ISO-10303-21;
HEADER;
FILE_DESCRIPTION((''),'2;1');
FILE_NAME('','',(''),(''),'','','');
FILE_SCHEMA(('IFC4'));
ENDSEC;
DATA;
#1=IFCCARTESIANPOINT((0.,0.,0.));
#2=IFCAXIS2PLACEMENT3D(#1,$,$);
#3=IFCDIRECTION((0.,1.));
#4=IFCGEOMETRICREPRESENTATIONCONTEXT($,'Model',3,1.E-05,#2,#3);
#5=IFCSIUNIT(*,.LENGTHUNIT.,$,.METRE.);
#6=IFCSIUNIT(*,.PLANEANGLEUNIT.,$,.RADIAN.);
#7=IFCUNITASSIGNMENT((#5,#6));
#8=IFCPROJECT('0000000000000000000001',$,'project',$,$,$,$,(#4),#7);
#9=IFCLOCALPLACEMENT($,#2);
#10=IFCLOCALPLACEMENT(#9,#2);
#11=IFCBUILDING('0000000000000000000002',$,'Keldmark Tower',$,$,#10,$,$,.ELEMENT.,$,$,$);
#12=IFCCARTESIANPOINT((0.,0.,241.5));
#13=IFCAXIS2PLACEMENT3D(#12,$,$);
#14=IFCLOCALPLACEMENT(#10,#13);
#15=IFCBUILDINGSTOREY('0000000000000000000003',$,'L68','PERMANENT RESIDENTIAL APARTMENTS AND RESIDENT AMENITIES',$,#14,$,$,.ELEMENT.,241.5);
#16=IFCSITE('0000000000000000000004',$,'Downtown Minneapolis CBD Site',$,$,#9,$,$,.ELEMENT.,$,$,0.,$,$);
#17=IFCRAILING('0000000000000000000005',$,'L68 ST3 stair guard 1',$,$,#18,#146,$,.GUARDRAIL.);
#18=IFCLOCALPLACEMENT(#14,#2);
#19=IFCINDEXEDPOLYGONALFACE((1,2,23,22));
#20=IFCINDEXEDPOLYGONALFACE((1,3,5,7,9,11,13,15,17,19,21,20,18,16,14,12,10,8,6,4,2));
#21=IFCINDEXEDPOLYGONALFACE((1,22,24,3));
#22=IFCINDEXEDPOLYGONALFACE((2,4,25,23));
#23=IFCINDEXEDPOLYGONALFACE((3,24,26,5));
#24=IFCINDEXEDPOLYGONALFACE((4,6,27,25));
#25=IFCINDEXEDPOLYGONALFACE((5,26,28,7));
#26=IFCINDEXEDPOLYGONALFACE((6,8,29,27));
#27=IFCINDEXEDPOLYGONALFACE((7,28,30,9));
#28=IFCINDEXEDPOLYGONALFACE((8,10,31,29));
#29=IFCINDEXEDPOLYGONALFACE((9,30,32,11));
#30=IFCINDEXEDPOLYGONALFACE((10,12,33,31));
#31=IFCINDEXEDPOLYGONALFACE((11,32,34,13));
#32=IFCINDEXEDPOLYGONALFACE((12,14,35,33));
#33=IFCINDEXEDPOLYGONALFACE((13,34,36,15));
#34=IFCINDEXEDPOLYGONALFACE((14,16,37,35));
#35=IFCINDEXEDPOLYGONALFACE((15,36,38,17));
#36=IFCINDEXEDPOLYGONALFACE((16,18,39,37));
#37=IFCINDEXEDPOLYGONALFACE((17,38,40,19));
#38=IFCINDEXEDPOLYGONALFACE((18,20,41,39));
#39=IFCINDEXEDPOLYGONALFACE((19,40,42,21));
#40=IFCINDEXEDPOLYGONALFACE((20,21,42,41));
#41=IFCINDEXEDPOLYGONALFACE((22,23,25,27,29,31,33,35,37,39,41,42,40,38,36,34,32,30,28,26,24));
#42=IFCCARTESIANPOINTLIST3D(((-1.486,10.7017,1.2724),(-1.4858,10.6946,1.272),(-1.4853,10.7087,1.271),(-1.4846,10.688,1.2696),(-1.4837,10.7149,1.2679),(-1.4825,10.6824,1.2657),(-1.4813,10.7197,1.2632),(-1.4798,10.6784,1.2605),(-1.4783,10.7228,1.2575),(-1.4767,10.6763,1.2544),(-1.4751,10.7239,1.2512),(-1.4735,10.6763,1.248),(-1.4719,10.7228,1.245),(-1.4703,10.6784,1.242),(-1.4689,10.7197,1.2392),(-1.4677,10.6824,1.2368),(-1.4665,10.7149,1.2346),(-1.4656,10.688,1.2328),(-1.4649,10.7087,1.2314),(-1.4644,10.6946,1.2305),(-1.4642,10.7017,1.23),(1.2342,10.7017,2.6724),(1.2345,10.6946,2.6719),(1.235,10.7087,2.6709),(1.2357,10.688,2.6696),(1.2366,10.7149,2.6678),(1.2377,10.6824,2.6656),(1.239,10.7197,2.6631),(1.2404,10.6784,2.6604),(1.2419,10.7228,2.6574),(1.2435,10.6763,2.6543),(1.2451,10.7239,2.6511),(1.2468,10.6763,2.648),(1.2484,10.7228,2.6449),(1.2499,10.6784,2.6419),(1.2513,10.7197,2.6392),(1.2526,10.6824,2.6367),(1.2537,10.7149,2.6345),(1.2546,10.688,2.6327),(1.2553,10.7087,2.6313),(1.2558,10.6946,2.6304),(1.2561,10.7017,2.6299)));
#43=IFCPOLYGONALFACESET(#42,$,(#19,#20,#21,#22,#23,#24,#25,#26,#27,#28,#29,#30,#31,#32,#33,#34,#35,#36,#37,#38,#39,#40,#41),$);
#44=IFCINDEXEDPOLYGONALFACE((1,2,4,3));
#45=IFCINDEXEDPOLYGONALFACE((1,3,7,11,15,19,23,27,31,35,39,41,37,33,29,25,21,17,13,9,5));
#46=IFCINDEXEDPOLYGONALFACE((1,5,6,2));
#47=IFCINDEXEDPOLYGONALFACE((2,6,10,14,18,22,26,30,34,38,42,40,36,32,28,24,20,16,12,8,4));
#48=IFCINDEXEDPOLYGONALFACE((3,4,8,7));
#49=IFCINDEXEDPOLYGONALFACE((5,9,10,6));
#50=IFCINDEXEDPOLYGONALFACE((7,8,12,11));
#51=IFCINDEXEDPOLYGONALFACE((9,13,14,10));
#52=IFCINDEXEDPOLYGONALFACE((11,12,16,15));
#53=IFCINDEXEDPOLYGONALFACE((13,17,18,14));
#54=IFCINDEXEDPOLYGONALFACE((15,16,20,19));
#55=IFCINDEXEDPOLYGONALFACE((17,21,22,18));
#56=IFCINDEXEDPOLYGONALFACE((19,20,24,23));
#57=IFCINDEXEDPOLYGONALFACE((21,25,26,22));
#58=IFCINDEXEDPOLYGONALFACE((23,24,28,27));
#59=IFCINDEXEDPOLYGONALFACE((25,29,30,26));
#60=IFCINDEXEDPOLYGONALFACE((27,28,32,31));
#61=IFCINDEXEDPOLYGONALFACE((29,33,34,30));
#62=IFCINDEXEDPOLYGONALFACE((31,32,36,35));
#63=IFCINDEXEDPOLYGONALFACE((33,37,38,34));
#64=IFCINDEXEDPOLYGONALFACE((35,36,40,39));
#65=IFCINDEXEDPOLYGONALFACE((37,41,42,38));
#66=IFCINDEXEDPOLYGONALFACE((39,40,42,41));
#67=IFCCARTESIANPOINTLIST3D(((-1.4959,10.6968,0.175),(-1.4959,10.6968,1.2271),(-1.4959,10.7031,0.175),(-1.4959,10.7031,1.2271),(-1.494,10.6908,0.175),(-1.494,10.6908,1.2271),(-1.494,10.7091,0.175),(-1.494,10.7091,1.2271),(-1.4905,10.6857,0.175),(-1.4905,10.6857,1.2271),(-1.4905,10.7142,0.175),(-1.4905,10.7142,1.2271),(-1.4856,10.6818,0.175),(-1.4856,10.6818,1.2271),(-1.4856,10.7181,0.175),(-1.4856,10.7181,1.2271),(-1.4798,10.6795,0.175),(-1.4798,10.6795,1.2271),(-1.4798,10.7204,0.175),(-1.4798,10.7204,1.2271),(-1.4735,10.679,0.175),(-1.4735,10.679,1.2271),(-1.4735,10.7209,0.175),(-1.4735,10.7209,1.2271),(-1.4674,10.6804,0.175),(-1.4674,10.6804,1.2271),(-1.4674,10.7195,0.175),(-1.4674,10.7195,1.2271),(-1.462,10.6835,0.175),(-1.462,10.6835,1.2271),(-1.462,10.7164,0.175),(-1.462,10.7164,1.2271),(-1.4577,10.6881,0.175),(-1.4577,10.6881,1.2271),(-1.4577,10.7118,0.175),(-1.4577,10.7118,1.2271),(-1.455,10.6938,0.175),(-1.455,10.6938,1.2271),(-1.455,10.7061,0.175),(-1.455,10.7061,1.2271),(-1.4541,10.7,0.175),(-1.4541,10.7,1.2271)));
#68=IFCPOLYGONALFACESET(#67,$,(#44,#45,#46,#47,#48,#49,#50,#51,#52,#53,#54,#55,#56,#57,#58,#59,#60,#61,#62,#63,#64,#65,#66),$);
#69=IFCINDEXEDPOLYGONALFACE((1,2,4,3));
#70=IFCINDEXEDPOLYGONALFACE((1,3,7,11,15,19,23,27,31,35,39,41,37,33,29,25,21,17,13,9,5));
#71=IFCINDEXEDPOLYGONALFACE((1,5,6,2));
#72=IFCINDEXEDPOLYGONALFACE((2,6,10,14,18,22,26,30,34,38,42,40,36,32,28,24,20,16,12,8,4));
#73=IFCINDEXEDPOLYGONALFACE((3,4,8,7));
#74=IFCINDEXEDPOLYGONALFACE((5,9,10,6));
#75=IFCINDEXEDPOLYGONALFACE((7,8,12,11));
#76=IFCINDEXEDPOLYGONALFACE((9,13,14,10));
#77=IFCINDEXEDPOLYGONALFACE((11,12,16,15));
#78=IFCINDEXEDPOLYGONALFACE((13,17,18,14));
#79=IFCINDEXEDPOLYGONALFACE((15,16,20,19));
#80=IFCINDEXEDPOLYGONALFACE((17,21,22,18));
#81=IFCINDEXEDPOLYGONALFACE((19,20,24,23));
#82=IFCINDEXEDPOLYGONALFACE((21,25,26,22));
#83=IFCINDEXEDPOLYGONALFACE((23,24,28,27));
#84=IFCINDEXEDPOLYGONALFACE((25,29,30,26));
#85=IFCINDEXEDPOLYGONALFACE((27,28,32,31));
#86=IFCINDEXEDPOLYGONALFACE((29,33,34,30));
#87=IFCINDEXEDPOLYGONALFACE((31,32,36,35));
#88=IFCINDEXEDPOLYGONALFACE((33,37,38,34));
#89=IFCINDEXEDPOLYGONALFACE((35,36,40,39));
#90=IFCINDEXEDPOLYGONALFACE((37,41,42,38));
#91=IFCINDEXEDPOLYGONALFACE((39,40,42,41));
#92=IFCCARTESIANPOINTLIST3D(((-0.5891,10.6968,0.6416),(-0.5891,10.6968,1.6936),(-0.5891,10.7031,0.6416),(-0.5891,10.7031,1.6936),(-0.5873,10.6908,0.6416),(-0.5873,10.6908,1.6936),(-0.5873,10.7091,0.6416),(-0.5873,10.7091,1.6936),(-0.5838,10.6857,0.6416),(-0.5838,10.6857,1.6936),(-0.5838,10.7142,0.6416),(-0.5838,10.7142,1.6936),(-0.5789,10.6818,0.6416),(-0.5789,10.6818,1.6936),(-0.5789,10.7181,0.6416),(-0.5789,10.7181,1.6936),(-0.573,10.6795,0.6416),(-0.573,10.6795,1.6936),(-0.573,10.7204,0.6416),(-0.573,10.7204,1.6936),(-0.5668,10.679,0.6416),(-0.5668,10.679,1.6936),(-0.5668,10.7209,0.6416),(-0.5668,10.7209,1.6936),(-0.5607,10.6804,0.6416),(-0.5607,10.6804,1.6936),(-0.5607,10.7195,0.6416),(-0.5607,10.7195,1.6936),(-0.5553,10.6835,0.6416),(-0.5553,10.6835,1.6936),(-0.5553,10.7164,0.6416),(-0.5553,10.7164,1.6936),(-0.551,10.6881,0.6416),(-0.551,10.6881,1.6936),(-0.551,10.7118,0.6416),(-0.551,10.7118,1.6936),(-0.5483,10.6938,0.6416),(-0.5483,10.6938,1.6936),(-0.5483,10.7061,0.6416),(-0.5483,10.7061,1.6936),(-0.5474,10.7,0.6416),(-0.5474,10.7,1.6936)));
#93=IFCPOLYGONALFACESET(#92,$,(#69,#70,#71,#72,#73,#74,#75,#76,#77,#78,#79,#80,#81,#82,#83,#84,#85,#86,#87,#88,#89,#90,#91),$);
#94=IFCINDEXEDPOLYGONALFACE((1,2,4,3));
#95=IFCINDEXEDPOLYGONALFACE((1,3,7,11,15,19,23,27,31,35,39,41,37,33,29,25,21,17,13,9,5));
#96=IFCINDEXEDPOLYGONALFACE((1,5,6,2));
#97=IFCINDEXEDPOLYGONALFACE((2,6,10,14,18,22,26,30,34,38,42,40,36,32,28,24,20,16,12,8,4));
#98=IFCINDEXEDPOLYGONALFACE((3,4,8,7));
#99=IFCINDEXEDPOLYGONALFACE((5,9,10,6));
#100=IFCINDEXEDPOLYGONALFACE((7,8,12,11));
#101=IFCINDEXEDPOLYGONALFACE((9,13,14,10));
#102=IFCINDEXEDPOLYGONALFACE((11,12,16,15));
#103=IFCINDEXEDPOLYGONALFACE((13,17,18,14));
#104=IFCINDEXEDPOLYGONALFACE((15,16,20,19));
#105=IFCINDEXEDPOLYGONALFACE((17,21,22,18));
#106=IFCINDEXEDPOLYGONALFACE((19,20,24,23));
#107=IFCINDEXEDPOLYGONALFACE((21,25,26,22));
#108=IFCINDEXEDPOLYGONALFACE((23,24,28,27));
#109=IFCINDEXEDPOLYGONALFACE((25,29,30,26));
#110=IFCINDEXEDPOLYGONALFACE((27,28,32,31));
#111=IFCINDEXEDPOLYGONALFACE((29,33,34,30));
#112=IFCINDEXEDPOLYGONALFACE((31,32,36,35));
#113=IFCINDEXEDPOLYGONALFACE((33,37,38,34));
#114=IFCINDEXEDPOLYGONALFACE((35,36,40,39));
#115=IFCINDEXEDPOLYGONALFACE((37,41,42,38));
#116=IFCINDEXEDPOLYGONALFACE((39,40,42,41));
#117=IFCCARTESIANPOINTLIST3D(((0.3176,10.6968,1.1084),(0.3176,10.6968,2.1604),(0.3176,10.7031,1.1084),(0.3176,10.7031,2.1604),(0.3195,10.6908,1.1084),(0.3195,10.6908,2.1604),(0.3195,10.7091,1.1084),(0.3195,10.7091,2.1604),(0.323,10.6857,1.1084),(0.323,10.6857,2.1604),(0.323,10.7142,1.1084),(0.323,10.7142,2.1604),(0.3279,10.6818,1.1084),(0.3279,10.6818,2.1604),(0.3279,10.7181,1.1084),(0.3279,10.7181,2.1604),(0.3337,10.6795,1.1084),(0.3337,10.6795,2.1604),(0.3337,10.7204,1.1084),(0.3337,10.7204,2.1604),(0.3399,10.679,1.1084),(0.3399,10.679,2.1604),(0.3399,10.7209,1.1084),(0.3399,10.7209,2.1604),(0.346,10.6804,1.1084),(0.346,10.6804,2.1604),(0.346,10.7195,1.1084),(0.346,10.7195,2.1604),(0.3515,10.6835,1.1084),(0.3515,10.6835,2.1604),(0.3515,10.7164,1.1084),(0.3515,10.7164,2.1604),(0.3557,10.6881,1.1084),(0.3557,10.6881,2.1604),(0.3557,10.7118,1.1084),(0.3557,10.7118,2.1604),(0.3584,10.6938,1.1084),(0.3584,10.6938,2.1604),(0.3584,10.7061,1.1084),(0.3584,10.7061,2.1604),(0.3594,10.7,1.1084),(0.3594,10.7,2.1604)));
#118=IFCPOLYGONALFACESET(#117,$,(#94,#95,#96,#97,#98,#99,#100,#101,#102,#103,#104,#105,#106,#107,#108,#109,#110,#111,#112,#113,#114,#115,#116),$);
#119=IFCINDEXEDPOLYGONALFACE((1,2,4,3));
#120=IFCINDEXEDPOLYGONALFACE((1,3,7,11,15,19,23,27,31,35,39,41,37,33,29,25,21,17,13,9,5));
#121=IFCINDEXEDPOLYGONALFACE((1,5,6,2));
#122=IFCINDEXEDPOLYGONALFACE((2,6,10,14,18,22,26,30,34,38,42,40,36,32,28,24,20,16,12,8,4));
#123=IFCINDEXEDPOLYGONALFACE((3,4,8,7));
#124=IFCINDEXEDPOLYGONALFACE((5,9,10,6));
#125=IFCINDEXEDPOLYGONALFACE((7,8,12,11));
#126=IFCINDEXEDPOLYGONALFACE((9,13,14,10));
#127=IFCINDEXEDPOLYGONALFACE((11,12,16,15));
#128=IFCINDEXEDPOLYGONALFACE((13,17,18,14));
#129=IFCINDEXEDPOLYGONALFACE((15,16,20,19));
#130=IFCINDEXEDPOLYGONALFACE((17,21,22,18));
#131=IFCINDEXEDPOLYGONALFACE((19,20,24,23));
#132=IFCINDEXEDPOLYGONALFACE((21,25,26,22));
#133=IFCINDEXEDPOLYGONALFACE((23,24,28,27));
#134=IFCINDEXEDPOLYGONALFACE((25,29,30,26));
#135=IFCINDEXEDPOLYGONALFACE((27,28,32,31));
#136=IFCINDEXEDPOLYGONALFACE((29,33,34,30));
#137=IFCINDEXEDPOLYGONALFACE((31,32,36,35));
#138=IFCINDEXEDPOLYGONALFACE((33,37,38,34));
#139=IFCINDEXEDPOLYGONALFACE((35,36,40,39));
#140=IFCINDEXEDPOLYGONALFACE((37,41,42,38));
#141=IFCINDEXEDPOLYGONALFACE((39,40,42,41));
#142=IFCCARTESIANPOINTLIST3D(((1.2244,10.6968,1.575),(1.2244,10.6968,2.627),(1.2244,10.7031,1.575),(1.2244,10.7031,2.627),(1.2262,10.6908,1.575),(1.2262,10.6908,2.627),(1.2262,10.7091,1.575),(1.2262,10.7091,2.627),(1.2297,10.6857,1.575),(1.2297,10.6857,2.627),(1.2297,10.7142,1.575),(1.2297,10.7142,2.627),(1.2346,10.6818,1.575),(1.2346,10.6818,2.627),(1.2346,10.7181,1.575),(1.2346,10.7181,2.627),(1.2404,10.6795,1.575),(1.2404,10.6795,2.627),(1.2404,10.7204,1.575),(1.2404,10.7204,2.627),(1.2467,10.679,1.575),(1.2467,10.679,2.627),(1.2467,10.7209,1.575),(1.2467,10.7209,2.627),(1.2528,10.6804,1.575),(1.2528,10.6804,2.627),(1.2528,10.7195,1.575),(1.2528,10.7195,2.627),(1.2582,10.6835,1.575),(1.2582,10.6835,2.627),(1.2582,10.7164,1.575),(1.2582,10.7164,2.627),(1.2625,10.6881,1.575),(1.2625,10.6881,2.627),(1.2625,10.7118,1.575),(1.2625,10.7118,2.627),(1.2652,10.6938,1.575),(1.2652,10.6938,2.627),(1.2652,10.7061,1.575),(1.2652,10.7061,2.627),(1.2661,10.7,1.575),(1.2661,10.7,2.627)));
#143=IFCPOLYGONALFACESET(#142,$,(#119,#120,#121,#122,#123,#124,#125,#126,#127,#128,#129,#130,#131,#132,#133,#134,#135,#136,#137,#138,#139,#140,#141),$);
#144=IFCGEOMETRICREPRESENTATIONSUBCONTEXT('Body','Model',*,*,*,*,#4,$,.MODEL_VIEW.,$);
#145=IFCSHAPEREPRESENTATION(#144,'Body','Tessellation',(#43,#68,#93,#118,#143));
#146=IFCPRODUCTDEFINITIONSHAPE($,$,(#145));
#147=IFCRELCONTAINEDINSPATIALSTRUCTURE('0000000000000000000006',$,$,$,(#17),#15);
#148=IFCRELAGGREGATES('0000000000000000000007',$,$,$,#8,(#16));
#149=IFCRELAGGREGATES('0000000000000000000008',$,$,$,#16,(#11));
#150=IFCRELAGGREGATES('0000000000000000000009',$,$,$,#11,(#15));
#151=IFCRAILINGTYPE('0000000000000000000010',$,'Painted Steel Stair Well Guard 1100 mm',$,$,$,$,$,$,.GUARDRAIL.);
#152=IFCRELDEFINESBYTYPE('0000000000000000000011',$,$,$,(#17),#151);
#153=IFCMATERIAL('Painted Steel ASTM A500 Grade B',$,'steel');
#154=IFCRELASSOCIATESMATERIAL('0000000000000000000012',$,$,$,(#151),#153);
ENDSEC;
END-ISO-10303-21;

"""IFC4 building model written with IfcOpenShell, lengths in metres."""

from ifc_helpers import new_model, si_unit, direction, frame, origin, origin_2d, place, context, subcontext, project, spatial, circle, extrude, material, type_object, element, save


model = new_model("IFC4")

# Units and contexts
model_context = context("Model", 3, precision=1e-05, world=origin(), true_north=direction((0.0, 1.0)))
body_context = subcontext(model_context, "Body", "Model", "MODEL_VIEW")
ifc_project = project(units=[si_unit("LENGTHUNIT", "METRE"), si_unit("PLANEANGLEUNIT", "RADIAN")], contexts=[model_context])

# Site, building, storey
site_placement = place(None, origin())
site = spatial("IfcSite", under=ifc_project, at=site_placement, Name="Downtown Minneapolis CBD Site", CompositionType="ELEMENT", RefElevation=0.0)
building_placement = place(site_placement, origin())
building = spatial("IfcBuilding", under=site, at=building_placement, Name="Keldmark Tower", CompositionType="ELEMENT")
storey_placement = place(building_placement, frame((0.0, 0.0, 241.5)))
storey = spatial("IfcBuildingStorey", under=building, at=storey_placement, Name="L68", Description="PERMANENT RESIDENTIAL APARTMENTS AND RESIDENT AMENITIES", CompositionType="ELEMENT", Elevation=241.5)

# Railing
ifc_material_1 = material(Name="Painted Steel ASTM A500 Grade B", Category="steel")
railing_type_1 = type_object("IfcRailingType", Name="Painted Steel Stair Well Guard 1100 mm", PredefinedType="GUARDRAIL", material=ifc_material_1)
railing_1_placement = place(storey_placement, frame((-1.4751, 10.7, 0.175)))
element("IfcRailing", 1, at=railing_1_placement, inside=storey, type_object=railing_type_1, Name="L68 ST3 stair guard 1", PredefinedType="GUARDRAIL", context=body_context, shape_type="SweptSolid", body=[
    extrude(circle(Radius=0.0239, at=origin_2d()), frame((0.0, 0.0, 1.0762), z_axis=(0.889164, 0.0, 0.45759), x_axis=(0.0, 1.0, 0.0)), (0.0, 0.0, 1.0), 3.0593),
    extrude(circle(Radius=0.021, at=origin_2d()), origin(), (0.0, 0.0, 1.0), 1.052),
    extrude(circle(Radius=0.021, at=origin_2d()), frame((0.9067, 0.0, 0.4666)), (0.0, 0.0, 1.0), 1.052),
    extrude(circle(Radius=0.021, at=origin_2d()), frame((1.8135, 0.0, 0.9333)), (0.0, 0.0, 1.0), 1.052),
    extrude(circle(Radius=0.021, at=origin_2d()), frame((2.7202, 0.0, 1.3999)), (0.0, 0.0, 1.0), 1.052),
])

save(model, "model.ifc")
